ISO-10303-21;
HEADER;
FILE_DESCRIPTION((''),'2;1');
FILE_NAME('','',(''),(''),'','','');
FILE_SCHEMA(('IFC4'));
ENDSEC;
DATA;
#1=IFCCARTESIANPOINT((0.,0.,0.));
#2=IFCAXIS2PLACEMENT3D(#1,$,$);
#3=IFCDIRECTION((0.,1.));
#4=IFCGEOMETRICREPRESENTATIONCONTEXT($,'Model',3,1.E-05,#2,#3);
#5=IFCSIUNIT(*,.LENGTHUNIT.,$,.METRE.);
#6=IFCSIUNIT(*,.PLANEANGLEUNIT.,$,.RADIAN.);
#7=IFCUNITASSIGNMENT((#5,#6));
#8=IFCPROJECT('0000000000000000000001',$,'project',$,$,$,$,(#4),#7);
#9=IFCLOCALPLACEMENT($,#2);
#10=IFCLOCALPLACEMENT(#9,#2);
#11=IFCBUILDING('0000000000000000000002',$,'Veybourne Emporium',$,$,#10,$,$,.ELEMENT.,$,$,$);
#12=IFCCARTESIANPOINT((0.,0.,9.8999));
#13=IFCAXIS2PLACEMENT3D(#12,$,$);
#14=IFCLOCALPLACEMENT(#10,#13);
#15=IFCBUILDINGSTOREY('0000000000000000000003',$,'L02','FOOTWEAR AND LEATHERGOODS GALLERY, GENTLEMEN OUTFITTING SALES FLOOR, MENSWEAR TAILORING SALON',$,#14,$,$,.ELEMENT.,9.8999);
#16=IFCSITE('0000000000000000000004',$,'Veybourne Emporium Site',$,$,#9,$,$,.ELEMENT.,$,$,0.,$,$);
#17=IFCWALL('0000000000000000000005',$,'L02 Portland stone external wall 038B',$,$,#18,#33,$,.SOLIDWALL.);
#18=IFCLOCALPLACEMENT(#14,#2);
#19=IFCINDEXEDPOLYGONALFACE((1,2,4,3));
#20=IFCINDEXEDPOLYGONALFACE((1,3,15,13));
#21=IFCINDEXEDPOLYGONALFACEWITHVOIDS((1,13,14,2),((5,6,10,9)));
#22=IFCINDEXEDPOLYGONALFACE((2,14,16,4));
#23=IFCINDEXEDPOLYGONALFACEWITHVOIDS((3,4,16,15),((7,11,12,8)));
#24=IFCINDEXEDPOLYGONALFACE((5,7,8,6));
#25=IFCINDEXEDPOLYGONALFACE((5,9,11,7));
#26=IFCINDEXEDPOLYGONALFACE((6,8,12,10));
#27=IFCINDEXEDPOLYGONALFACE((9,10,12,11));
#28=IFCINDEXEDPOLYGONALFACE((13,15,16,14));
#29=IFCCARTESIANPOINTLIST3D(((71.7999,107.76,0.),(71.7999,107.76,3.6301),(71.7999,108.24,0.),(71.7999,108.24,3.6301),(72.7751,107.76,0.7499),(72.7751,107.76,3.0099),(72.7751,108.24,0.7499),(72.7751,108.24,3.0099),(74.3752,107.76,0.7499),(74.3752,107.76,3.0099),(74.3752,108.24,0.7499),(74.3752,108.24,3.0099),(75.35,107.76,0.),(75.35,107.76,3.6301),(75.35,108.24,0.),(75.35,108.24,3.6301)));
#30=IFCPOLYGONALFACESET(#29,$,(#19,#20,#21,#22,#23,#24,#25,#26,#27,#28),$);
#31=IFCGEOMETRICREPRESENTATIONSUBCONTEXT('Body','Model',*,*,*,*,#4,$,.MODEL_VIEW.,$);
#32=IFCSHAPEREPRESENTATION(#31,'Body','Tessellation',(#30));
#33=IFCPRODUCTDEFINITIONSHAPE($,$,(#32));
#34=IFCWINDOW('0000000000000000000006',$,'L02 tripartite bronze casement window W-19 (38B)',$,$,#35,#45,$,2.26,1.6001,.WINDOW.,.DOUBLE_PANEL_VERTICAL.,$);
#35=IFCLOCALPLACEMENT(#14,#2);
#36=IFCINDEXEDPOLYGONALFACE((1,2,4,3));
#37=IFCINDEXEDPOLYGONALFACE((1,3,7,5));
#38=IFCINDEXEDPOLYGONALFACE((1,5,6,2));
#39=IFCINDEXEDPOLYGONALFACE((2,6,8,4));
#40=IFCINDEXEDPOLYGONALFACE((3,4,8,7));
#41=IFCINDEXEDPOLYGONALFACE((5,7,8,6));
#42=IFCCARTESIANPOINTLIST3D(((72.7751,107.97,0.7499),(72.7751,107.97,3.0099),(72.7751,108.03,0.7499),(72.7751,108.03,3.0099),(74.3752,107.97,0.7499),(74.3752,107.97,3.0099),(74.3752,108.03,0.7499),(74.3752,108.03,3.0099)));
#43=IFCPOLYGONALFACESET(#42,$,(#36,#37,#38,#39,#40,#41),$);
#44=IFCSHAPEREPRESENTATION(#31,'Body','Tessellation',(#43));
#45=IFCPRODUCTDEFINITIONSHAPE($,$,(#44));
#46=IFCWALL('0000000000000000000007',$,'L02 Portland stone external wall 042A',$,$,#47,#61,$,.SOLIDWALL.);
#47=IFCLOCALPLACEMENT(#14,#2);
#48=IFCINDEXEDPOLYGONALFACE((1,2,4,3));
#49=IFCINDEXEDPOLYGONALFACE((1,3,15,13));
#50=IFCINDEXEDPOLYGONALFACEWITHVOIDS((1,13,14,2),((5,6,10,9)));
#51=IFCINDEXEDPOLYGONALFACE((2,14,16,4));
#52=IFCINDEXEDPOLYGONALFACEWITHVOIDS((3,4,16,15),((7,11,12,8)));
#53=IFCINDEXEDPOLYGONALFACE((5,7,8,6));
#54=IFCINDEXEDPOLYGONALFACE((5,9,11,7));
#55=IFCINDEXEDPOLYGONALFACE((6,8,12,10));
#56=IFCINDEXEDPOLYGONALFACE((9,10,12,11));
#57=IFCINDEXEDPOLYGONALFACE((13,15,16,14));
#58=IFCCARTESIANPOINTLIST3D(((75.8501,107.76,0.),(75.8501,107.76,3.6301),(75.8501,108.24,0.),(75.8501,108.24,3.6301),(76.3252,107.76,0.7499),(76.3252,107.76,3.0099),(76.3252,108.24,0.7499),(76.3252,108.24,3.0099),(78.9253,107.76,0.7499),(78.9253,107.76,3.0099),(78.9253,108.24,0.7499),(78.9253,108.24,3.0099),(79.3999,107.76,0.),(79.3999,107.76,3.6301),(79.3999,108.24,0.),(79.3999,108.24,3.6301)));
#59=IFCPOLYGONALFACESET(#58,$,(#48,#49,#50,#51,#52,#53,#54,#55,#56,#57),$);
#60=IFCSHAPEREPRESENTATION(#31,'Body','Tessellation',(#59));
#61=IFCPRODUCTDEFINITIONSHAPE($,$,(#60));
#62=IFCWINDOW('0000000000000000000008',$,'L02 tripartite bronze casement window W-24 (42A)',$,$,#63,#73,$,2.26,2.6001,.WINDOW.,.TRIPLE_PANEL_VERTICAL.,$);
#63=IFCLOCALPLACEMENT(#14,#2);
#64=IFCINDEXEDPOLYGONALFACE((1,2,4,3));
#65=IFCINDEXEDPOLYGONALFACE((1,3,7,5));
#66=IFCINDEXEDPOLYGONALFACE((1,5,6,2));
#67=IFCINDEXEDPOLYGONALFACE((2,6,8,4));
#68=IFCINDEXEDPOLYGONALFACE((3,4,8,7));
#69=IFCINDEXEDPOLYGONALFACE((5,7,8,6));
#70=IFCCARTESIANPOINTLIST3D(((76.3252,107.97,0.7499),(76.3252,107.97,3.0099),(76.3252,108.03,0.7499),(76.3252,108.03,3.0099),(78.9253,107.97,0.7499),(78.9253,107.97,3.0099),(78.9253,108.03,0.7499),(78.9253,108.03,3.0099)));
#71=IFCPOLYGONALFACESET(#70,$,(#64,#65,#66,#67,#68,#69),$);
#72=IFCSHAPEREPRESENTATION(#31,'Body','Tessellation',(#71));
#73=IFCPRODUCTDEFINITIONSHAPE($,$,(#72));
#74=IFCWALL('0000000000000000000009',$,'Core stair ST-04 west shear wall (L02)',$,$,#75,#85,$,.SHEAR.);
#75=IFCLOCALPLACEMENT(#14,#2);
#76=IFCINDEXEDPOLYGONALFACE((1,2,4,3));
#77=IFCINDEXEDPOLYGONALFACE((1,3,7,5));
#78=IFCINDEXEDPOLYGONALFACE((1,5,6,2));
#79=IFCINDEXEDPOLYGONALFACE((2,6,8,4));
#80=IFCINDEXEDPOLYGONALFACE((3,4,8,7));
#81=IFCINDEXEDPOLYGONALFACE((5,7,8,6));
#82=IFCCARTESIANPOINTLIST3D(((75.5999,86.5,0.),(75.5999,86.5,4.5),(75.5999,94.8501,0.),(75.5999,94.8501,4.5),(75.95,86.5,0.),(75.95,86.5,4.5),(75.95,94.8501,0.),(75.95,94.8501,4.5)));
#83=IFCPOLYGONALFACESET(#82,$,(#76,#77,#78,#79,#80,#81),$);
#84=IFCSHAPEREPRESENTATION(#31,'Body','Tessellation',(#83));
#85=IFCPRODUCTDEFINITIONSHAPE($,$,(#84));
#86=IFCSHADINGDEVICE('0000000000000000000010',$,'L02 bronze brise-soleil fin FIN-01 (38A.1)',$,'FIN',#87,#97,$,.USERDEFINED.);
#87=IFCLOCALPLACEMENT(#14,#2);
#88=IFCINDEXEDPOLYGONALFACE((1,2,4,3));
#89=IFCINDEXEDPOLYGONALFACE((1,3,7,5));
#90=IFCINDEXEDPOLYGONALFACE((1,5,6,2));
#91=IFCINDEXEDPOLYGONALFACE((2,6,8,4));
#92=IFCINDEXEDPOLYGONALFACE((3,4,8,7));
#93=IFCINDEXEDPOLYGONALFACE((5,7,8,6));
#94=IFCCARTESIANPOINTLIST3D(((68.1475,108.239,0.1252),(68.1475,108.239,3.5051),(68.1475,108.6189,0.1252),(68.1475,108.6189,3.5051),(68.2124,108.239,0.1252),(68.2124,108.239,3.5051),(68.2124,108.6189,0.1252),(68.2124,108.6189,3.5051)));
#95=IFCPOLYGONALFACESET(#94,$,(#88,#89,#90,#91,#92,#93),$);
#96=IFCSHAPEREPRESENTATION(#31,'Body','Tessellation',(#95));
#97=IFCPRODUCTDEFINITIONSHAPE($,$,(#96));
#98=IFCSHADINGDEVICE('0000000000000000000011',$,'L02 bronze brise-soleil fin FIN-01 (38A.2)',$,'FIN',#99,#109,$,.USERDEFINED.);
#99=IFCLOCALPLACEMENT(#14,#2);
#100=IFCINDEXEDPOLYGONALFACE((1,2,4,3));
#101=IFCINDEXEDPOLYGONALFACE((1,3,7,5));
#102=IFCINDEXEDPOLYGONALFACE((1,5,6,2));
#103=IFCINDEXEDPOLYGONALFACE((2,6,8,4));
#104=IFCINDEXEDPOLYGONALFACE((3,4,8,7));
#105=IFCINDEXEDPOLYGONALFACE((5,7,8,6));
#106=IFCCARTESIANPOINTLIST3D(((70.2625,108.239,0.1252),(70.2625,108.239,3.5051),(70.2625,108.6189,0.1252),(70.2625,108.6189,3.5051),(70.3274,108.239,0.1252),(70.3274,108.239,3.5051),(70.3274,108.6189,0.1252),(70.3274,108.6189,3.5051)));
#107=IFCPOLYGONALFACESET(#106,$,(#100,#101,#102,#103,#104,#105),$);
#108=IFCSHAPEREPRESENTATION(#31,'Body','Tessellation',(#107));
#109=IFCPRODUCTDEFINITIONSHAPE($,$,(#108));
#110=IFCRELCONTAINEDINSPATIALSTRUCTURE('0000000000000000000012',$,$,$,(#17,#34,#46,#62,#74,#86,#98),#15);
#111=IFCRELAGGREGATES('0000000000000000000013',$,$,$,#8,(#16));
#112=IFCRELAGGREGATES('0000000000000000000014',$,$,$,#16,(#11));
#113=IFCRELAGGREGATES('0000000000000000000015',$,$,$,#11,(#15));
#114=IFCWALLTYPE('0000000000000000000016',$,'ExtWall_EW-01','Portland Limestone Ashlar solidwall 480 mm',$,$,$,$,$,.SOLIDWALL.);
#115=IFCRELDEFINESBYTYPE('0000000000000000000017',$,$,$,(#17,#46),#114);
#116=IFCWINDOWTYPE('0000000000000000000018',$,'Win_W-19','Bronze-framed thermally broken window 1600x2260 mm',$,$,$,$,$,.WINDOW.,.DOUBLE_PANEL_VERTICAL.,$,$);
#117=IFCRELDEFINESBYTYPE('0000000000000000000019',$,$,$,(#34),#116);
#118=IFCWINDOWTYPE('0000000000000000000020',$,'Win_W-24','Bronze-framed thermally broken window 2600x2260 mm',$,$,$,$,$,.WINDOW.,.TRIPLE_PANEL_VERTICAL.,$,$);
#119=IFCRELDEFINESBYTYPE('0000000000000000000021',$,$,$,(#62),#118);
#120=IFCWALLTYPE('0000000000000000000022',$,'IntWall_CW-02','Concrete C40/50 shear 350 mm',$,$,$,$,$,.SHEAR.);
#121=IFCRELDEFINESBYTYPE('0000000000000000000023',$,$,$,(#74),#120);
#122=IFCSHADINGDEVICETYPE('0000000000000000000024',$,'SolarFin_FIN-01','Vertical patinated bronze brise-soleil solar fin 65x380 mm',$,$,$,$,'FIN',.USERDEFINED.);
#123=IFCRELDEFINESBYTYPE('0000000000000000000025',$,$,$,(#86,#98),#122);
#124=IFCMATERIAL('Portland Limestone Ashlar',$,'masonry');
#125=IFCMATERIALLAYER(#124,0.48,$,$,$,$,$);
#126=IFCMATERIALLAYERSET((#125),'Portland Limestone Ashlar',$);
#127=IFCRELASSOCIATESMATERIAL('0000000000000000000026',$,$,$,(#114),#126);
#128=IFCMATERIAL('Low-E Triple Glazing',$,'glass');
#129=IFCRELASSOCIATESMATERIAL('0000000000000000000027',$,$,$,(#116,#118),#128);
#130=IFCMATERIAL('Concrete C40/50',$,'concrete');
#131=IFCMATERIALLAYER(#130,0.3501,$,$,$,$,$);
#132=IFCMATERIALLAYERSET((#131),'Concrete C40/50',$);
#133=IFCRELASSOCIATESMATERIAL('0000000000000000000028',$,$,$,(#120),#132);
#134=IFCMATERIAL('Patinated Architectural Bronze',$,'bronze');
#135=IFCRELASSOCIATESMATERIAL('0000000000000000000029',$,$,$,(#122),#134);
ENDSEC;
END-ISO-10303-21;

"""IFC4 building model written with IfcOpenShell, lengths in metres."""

from ifc_helpers import new_model, si_unit, direction, frame, frame_2d, origin, origin_2d, place, context, subcontext, project, spatial, rectangle, extrude, material, layer, layer_set, type_object, element, fill, save


model = new_model("IFC4")

# Units and contexts
model_context = context("Model", 3, precision=1e-05, world=origin(), true_north=direction((0.0, 1.0)))
body_context = subcontext(model_context, "Body", "Model", "MODEL_VIEW")
ifc_project = project(units=[si_unit("LENGTHUNIT", "METRE"), si_unit("PLANEANGLEUNIT", "RADIAN")], contexts=[model_context])

# Site, building, storey
site_placement = place(None, origin())
site = spatial("IfcSite", under=ifc_project, at=site_placement, Name="Veybourne Emporium Site", CompositionType="ELEMENT", RefElevation=0.0)
building_placement = place(site_placement, origin())
building = spatial("IfcBuilding", under=site, at=building_placement, Name="Veybourne Emporium", CompositionType="ELEMENT")
storey_placement = place(building_placement, frame((0.0, 0.0, 9.8999)))
storey = spatial("IfcBuildingStorey", under=building, at=storey_placement, Name="L02", Description="FOOTWEAR AND LEATHERGOODS GALLERY, GENTLEMEN OUTFITTING SALES FLOOR, MENSWEAR TAILORING SALON", CompositionType="ELEMENT", Elevation=9.8999)

# Shared definitions
ifc_material_1 = material(Name="Concrete C40/50", Category="concrete")

# Walls, openings, windows
ifc_material_2 = material(Name="Portland Limestone Ashlar", Category="masonry")
ifc_layer_1 = layer(ifc_material_2, 0.48)
ifc_layer_set_1 = layer_set([ifc_layer_1], Name="Portland Limestone Ashlar")
wall_type_1 = type_object("IfcWallType", Name="ExtWall_EW-01", Description="Portland Limestone Ashlar solidwall 480 mm", PredefinedType="SOLIDWALL", material=ifc_layer_set_1)
ifc_material_3 = material(Name="Low-E Triple Glazing", Category="glass")
wall_1_placement = place(storey_placement, frame((71.8, 108.0, 0.0), z_axis=(0.0, 0.0, 1.0), x_axis=(1.0, 0.0, 0.0)))
wall_1 = element("IfcWall", 1, at=wall_1_placement, inside=storey, type_object=wall_type_1, Name="L02 Portland stone external wall 038B", PredefinedType="SOLIDWALL", context=body_context, shape_type="SweptSolid", body=[
    extrude(rectangle(XDim=3.55, YDim=0.48, at=frame_2d((1.7749, 0.0))), origin(), (0.0, 0.0, 1.0), 3.6301),
])
opening_1_placement = place(wall_1_placement, frame((0.9751, 0.0, 0.75)))
opening_1 = element("IfcOpeningElement", 2, at=opening_1_placement, cuts=wall_1, PredefinedType="OPENING", context=body_context, shape_type="SweptSolid", body=[
    extrude(rectangle(XDim=1.6001, YDim=2.26, at=frame_2d((0.8, 1.1299))), frame((0.0, 0.26, 0.0), z_axis=(0.0, -1.0, 0.0), x_axis=(1.0, 0.0, 0.0)), (0.0, 0.0, 1.0), 0.52),
])
window_type_1 = type_object("IfcWindowType", Name="Win_W-19", Description="Bronze-framed thermally broken window 1600x2260 mm", PartitioningType="DOUBLE_PANEL_VERTICAL", PredefinedType="WINDOW", material=ifc_material_3)
window_1_placement = place(opening_1_placement, origin())
window_1 = element("IfcWindow", 3, at=window_1_placement, inside=storey, type_object=window_type_1, Name="L02 tripartite bronze casement window W-19 (38B)", OverallHeight=2.26, OverallWidth=1.6001, PartitioningType="DOUBLE_PANEL_VERTICAL", PredefinedType="WINDOW", context=body_context, shape_type="SweptSolid", body=[
    extrude(rectangle(XDim=1.6001, YDim=2.26, at=frame_2d((0.8, 1.1299))), frame((0.0, 0.03, 0.0), z_axis=(0.0, -1.0, 0.0), x_axis=(1.0, 0.0, 0.0)), (0.0, 0.0, 1.0), 0.0601),
])
fill(opening_1, window_1)
wall_2_placement = place(storey_placement, frame((75.8501, 108.0, 0.0), z_axis=(0.0, 0.0, 1.0), x_axis=(1.0, 0.0, 0.0)))
wall_2 = element("IfcWall", 4, at=wall_2_placement, inside=storey, type_object=wall_type_1, Name="L02 Portland stone external wall 042A", PredefinedType="SOLIDWALL", context=body_context, shape_type="SweptSolid", body=[
    extrude(rectangle(XDim=3.5498, YDim=0.48, at=frame_2d((1.7749, 0.0))), origin(), (0.0, 0.0, 1.0), 3.6301),
])
opening_2_placement = place(wall_2_placement, frame((0.4751, 0.0, 0.75)))
opening_2 = element("IfcOpeningElement", 5, at=opening_2_placement, cuts=wall_2, PredefinedType="OPENING", context=body_context, shape_type="SweptSolid", body=[
    extrude(rectangle(XDim=2.6001, YDim=2.26, at=frame_2d((1.3, 1.1299))), frame((0.0, 0.26, 0.0), z_axis=(0.0, -1.0, 0.0), x_axis=(1.0, 0.0, 0.0)), (0.0, 0.0, 1.0), 0.52),
])
window_type_2 = type_object("IfcWindowType", Name="Win_W-24", Description="Bronze-framed thermally broken window 2600x2260 mm", PartitioningType="TRIPLE_PANEL_VERTICAL", PredefinedType="WINDOW", material=ifc_material_3)
window_2_placement = place(opening_2_placement, origin())
window_2 = element("IfcWindow", 6, at=window_2_placement, inside=storey, type_object=window_type_2, Name="L02 tripartite bronze casement window W-24 (42A)", OverallHeight=2.26, OverallWidth=2.6001, PartitioningType="TRIPLE_PANEL_VERTICAL", PredefinedType="WINDOW", context=body_context, shape_type="SweptSolid", body=[
    extrude(rectangle(XDim=2.6001, YDim=2.26, at=frame_2d((1.3, 1.1299))), frame((0.0, 0.03, 0.0), z_axis=(0.0, -1.0, 0.0), x_axis=(1.0, 0.0, 0.0)), (0.0, 0.0, 1.0), 0.0601),
])
fill(opening_2, window_2)

# Wall
ifc_layer_2 = layer(ifc_material_1, 0.3501)
ifc_layer_set_2 = layer_set([ifc_layer_2], Name="Concrete C40/50")
wall_type_2 = type_object("IfcWallType", Name="IntWall_CW-02", Description="Concrete C40/50 shear 350 mm", PredefinedType="SHEAR", material=ifc_layer_set_2)
wall_3_placement = place(storey_placement, frame((75.7749, 94.8501, 0.0), z_axis=(0.0, 0.0, 1.0), x_axis=(0.0, -1.0, 0.0)))
element("IfcWall", 7, at=wall_3_placement, inside=storey, type_object=wall_type_2, Name="Core stair ST-04 west shear wall (L02)", PredefinedType="SHEAR", context=body_context, shape_type="SweptSolid", body=[
    extrude(rectangle(XDim=8.3501, YDim=0.3501, at=frame_2d((4.175, 0.0))), origin(), (0.0, 0.0, 1.0), 4.5),
])

# Shading devices
ifc_material_4 = material(Name="Patinated Architectural Bronze", Category="bronze")
shading_device_type = type_object("IfcShadingDeviceType", Name="SolarFin_FIN-01", Description="Vertical patinated bronze brise-soleil solar fin 65x380 mm", ElementType="FIN", PredefinedType="USERDEFINED", material=ifc_material_4)
for number, where, z_axis, x_axis, name in (
    (8, (68.1799, 108.429, 0.1252), (0.0, 0.0, 1.0), (1.0, 0.0, 0.0), "L02 bronze brise-soleil fin FIN-01 (38A.1)"),
    (9, (70.2949, 108.429, 0.1252), (0.0, 0.0, 1.0), (1.0, 0.0, 0.0), "L02 bronze brise-soleil fin FIN-01 (38A.2)"),
):
    element("IfcShadingDevice", number, at=place(storey_placement, frame(where, z_axis=z_axis, x_axis=x_axis)), inside=storey, type_object=shading_device_type, Name=name, ObjectType="FIN", PredefinedType="USERDEFINED", context=body_context, shape_type="SweptSolid", body=[
        extrude(rectangle(XDim=0.0649, YDim=0.3799, at=origin_2d()), origin(), (0.0, 0.0, 1.0), 3.3799),
    ])

save(model, "model.ifc")
